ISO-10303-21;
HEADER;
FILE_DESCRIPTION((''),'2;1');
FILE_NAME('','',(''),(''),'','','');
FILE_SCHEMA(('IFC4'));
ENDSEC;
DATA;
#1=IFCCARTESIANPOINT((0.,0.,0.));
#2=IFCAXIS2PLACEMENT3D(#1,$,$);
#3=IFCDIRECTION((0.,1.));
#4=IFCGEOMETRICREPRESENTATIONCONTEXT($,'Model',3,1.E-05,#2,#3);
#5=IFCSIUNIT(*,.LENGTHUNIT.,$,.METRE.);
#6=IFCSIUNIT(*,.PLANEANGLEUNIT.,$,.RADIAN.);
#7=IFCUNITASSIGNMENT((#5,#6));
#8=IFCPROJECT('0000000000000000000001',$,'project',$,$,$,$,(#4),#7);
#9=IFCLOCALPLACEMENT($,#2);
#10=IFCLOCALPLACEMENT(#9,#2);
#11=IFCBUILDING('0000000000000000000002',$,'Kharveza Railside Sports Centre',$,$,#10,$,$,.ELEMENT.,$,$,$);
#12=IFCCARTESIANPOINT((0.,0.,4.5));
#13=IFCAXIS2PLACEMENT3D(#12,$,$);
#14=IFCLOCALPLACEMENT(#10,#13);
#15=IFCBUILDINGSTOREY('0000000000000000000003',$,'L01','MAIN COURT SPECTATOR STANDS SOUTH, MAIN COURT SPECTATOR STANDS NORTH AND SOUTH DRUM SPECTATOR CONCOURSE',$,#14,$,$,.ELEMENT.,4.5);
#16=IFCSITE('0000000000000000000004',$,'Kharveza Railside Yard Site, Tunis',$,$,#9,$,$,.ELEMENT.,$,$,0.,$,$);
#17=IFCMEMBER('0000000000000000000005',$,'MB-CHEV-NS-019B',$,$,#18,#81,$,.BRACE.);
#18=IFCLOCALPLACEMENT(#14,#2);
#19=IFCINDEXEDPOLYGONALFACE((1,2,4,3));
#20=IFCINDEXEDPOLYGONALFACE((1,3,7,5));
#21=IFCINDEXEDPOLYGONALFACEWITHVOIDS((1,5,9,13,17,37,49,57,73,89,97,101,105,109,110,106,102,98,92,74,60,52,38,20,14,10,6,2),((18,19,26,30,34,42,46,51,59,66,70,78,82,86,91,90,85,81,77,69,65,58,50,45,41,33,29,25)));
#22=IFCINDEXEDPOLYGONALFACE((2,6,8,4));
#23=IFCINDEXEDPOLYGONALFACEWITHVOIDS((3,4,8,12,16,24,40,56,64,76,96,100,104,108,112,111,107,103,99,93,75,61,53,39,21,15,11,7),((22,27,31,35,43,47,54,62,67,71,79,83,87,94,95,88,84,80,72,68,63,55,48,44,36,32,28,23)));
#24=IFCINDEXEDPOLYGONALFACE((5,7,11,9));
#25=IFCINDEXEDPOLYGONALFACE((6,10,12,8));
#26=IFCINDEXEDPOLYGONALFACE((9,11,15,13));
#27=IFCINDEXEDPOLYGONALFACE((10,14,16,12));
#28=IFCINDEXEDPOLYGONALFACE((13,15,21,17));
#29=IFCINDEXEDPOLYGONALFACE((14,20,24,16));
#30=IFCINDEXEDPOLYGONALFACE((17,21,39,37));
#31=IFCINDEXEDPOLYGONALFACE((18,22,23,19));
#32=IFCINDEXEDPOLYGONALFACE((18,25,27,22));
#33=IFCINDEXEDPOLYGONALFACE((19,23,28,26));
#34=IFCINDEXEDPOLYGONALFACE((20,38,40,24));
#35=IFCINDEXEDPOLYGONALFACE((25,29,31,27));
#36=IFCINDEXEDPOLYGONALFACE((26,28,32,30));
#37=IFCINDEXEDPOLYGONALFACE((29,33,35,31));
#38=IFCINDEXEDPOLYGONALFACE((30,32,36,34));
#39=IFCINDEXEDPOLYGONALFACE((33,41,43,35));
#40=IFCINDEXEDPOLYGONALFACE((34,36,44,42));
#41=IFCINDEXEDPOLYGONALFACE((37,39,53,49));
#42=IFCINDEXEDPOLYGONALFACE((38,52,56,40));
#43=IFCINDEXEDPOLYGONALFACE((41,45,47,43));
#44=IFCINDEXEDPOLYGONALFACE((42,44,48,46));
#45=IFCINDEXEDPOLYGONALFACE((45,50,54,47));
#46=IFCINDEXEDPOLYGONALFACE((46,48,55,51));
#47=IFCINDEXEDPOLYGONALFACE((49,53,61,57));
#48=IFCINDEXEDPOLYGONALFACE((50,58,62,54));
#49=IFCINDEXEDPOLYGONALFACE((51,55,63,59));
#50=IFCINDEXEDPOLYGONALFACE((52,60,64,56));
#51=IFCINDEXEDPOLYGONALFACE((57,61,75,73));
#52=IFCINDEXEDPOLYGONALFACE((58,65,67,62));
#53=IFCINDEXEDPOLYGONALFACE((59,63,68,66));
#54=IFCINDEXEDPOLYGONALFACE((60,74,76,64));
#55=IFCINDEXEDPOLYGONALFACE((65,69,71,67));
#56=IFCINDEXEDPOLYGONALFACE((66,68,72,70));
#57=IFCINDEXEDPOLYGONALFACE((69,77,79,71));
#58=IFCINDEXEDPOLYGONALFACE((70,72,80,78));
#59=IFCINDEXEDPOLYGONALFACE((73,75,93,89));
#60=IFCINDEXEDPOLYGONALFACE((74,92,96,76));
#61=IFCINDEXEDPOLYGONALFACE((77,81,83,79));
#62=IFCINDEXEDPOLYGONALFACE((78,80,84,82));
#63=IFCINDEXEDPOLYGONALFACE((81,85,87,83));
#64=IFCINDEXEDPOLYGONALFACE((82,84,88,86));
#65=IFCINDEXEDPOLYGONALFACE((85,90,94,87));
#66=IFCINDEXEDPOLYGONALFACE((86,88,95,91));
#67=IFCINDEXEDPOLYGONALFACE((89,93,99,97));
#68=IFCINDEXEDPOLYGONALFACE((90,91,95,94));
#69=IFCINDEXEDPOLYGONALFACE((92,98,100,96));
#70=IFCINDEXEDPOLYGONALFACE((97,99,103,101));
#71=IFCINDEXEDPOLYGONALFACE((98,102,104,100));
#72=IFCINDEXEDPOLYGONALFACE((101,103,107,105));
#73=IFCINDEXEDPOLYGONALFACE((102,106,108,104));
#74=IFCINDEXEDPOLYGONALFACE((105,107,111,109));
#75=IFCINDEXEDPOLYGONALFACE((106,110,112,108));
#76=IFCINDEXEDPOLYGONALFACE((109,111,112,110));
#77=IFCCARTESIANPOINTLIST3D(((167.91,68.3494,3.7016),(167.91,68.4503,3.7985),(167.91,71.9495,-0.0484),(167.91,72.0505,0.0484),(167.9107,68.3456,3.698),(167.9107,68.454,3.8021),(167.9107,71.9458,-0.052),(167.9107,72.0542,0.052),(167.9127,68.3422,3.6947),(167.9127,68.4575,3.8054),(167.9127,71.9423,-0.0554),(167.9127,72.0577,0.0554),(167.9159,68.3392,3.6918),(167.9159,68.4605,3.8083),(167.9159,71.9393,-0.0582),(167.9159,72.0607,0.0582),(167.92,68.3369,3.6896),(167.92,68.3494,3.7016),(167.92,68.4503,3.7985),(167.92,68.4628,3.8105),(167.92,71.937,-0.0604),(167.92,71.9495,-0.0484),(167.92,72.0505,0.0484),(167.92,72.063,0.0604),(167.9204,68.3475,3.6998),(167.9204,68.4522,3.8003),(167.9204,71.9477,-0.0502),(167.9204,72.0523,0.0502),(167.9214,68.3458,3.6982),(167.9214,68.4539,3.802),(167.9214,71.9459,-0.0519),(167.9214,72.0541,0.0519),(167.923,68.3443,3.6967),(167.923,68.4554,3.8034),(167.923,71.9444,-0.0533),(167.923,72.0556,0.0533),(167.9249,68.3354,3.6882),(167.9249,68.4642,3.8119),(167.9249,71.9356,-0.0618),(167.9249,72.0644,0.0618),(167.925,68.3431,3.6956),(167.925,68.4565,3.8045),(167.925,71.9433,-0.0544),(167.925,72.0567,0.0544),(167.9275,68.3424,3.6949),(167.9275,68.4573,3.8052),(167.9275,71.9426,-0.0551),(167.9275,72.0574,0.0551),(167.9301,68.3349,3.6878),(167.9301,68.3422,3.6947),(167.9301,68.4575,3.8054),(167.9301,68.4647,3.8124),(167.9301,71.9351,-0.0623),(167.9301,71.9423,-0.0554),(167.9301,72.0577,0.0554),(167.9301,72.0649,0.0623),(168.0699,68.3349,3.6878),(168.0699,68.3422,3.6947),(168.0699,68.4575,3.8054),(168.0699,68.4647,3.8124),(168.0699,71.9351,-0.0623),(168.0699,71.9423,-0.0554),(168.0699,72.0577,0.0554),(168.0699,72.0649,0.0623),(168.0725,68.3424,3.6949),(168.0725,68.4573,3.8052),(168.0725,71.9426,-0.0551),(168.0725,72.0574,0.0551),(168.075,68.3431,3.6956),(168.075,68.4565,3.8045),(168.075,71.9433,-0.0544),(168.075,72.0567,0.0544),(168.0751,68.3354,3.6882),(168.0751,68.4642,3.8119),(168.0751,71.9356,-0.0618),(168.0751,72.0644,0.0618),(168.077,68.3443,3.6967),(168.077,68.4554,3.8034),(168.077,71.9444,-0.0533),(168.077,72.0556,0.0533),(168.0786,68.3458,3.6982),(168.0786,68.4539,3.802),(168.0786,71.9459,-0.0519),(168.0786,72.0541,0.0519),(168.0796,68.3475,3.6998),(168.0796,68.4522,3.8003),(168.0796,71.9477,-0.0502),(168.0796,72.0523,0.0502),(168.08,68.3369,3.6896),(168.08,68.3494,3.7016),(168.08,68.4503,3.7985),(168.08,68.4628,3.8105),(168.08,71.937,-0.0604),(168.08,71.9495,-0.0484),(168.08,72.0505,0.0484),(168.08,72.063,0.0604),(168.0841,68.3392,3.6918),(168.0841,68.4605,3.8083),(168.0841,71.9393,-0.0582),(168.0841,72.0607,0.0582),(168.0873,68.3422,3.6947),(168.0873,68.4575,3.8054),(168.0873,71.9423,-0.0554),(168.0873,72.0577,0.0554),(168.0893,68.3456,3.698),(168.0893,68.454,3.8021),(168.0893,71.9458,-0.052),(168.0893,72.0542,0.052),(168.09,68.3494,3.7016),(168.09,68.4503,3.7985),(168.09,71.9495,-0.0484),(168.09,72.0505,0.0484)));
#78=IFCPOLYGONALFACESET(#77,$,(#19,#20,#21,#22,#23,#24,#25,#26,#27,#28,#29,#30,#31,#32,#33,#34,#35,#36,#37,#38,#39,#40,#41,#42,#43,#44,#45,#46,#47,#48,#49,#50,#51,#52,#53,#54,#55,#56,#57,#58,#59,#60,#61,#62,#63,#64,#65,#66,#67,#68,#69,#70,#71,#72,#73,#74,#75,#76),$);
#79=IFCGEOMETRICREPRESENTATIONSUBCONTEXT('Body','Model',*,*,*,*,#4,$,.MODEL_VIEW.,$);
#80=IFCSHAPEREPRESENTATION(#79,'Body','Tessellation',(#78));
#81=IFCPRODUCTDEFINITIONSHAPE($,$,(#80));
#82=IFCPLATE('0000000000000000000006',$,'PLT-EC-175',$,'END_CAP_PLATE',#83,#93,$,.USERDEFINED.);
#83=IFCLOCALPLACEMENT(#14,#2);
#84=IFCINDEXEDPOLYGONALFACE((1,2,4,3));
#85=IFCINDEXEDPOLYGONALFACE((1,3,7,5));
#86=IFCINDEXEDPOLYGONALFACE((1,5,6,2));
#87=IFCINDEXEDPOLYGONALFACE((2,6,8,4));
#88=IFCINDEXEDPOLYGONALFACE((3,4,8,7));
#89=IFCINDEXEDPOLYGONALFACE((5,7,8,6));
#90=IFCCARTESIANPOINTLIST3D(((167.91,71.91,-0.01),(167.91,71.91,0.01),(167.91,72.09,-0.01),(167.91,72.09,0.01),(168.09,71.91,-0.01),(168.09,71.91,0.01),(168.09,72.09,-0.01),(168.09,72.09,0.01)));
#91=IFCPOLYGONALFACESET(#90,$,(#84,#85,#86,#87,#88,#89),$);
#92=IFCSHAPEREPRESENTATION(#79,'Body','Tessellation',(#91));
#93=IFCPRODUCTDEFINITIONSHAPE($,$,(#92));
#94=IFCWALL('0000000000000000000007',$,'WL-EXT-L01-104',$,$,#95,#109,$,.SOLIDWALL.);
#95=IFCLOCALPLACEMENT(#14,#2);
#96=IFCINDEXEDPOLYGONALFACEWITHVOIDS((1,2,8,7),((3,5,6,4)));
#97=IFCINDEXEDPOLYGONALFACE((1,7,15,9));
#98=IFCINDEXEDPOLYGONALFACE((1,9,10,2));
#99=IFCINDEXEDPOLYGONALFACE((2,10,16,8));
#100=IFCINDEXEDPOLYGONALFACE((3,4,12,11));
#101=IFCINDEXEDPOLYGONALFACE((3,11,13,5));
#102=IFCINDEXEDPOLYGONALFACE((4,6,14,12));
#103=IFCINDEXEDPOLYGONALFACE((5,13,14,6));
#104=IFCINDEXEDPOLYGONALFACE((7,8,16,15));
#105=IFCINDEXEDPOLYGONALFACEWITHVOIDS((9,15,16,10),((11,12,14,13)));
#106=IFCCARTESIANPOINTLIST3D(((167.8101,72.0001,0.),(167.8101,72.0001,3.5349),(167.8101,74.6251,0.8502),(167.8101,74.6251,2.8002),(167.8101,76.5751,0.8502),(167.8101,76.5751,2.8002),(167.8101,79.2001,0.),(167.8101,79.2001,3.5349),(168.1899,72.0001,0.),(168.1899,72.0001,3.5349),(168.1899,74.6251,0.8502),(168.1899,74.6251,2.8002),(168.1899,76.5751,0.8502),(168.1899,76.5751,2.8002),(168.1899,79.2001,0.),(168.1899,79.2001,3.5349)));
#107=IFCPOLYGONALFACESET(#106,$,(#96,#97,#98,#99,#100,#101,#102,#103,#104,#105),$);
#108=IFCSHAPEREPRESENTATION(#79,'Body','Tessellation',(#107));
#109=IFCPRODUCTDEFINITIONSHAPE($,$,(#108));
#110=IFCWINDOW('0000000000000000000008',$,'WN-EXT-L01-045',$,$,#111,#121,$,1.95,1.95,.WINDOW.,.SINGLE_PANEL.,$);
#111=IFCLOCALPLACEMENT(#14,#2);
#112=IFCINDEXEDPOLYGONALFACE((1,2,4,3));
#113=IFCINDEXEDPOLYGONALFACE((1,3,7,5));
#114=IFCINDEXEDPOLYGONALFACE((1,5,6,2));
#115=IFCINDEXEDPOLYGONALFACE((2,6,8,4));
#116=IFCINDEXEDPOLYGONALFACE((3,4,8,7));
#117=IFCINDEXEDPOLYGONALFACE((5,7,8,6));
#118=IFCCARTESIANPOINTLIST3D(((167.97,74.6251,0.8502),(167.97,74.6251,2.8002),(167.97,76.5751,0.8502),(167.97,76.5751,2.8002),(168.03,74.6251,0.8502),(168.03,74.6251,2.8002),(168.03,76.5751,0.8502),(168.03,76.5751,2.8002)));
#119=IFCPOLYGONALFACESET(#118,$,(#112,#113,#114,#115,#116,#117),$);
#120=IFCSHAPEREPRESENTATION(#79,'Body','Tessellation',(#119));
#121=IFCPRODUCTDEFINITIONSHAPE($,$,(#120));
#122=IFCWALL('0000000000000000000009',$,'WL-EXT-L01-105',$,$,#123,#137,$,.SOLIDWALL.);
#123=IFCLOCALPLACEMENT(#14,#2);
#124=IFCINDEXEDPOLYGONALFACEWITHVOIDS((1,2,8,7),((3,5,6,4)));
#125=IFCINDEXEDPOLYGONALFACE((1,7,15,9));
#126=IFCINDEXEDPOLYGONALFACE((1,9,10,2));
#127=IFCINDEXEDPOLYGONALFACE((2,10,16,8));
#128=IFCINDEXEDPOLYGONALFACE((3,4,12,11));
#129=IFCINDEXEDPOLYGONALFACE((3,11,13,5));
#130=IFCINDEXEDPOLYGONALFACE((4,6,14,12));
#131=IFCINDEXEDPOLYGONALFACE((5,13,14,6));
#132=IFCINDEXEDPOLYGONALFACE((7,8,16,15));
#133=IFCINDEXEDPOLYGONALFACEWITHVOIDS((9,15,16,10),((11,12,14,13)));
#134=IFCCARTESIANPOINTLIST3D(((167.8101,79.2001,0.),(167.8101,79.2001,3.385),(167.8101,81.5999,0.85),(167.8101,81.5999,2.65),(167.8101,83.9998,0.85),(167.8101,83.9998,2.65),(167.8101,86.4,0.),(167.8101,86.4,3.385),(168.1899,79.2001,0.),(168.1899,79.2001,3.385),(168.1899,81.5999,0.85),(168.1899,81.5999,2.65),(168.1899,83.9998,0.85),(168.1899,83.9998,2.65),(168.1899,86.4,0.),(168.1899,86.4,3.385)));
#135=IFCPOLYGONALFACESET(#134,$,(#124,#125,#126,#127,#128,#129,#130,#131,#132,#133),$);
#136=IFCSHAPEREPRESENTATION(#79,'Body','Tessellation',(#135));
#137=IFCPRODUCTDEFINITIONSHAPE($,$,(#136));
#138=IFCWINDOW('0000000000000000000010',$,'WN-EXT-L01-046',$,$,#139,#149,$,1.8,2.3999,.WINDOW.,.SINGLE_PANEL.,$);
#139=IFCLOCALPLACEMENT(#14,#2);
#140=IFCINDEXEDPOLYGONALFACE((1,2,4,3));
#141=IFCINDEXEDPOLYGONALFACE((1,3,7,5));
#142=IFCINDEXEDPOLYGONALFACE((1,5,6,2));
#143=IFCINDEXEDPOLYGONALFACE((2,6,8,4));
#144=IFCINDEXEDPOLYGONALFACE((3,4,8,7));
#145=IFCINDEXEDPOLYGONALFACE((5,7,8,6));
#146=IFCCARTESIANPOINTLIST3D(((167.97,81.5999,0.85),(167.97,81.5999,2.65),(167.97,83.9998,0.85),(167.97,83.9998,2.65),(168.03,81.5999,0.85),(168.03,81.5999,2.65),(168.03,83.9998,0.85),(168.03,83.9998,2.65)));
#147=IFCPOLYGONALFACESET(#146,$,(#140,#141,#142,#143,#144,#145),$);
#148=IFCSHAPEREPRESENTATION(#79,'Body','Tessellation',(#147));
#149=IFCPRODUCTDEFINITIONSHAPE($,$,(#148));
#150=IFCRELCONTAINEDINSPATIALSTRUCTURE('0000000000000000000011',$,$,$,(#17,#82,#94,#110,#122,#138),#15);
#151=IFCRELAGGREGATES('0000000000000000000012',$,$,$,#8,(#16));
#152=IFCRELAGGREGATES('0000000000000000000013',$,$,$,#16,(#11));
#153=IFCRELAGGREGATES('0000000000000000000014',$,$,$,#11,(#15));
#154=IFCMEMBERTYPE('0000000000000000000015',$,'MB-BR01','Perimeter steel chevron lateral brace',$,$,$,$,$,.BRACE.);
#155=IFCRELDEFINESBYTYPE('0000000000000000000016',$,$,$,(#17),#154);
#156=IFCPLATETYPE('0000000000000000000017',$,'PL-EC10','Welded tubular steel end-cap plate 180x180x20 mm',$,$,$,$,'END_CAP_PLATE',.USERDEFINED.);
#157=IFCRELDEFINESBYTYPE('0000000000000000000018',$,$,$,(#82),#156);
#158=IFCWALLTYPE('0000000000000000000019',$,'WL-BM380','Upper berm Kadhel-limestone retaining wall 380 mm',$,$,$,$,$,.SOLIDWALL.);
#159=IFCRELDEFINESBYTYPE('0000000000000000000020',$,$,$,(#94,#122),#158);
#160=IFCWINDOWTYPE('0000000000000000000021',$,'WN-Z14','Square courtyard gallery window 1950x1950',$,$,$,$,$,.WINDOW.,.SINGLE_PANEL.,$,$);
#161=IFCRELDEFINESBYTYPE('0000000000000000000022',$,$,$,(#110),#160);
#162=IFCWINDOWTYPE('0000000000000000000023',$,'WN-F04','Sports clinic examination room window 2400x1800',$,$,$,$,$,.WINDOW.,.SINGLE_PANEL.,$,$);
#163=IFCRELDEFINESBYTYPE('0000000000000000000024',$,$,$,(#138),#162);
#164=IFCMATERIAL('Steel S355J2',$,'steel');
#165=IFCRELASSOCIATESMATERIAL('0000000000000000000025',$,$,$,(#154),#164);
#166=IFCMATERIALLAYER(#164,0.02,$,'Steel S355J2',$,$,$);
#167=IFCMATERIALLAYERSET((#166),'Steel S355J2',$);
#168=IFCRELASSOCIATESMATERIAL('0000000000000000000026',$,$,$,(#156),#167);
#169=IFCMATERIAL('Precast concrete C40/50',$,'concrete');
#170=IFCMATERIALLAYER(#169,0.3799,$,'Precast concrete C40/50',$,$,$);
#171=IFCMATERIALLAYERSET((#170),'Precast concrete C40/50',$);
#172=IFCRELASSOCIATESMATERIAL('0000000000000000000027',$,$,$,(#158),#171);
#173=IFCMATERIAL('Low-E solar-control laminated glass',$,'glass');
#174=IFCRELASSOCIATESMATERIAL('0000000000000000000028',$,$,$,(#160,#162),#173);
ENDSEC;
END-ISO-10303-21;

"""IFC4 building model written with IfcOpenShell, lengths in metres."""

from ifc_helpers import new_model, si_unit, direction, frame, frame_2d, origin, origin_2d, place, context, subcontext, project, spatial, rectangle, hollow_rectangle, extrude, material, layer, layer_set, material_profile, profile_set, type_object, element, fill, save


model = new_model("IFC4")

# Units and contexts
model_context = context("Model", 3, precision=1e-05, world=origin(), true_north=direction((0.0, 1.0)))
body_context = subcontext(model_context, "Body", "Model", "MODEL_VIEW")
ifc_project = project(units=[si_unit("LENGTHUNIT", "METRE"), si_unit("PLANEANGLEUNIT", "RADIAN")], contexts=[model_context])

# Site, building, storey
site_placement = place(None, origin())
site = spatial("IfcSite", under=ifc_project, at=site_placement, Name="Kharveza Railside Yard Site, Tunis", CompositionType="ELEMENT", RefElevation=0.0)
building_placement = place(site_placement, origin())
building = spatial("IfcBuilding", under=site, at=building_placement, Name="Kharveza Railside Sports Centre", CompositionType="ELEMENT")
storey_placement = place(building_placement, frame((0.0, 0.0, 4.5)))
storey = spatial("IfcBuildingStorey", under=building, at=storey_placement, Name="L01", Description="MAIN COURT SPECTATOR STANDS SOUTH, MAIN COURT SPECTATOR STANDS NORTH AND SOUTH DRUM SPECTATOR CONCOURSE", CompositionType="ELEMENT", Elevation=4.5)

# Shared definitions
ifc_material_1 = material(Name="Steel S355J2", Category="steel")

# Member
ifc_material_profile_1 = material_profile(ifc_material_1, hollow_rectangle(XDim=0.1799, YDim=0.1799, WallThickness=0.01, InnerFilletRadius=0.01, OuterFilletRadius=0.02, at=origin_2d()), Name="SHS 180x180x10.0")
ifc_profile_set_1 = profile_set([ifc_material_profile_1], Name="Steel S355J2")
member_type = type_object("IfcMemberType", Name="MB-BR01", Description="Perimeter steel chevron lateral brace", PredefinedType="BRACE", material=ifc_profile_set_1)
member_placement = place(storey_placement, frame((168.0, 72.0, 0.0), z_axis=(0.0, -0.692542, 0.721378), x_axis=(1.0, 0.0, 0.0)))
element("IfcMember", 1, at=member_placement, inside=storey, type_object=member_type, Name="MB-CHEV-NS-019B", PredefinedType="BRACE", context=body_context, shape_type="SweptSolid", body=[
    extrude(hollow_rectangle(XDim=0.1799, YDim=0.1799, WallThickness=0.01, InnerFilletRadius=0.01, OuterFilletRadius=0.02, at=origin_2d()), origin(), (0.0, 0.0, 1.0), 5.1985),
])

# Plate
ifc_layer_1 = layer(ifc_material_1, 0.02, Name="Steel S355J2")
ifc_layer_set_1 = layer_set([ifc_layer_1], Name="Steel S355J2")
plate_type = type_object("IfcPlateType", Name="PL-EC10", Description="Welded tubular steel end-cap plate 180x180x20 mm", ElementType="END_CAP_PLATE", PredefinedType="USERDEFINED", material=ifc_layer_set_1)
plate_placement = place(storey_placement, frame((168.0, 72.0, -0.01), z_axis=(0.0, 0.0, 1.0), x_axis=(1.0, 0.0, 0.0)))
element("IfcPlate", 2, at=plate_placement, inside=storey, type_object=plate_type, Name="PLT-EC-175", ObjectType="END_CAP_PLATE", PredefinedType="USERDEFINED", context=body_context, shape_type="SweptSolid", body=[
    extrude(rectangle(XDim=0.1799, YDim=0.1799, at=origin_2d()), origin(), (0.0, 0.0, 1.0), 0.02),
])

# Walls, openings, windows
ifc_material_2 = material(Name="Precast concrete C40/50", Category="concrete")
ifc_layer_2 = layer(ifc_material_2, 0.3799, Name="Precast concrete C40/50")
ifc_layer_set_2 = layer_set([ifc_layer_2], Name="Precast concrete C40/50")
wall_type_1 = type_object("IfcWallType", Name="WL-BM380", Description="Upper berm Kadhel-limestone retaining wall 380 mm", PredefinedType="SOLIDWALL", material=ifc_layer_set_2)
wall_1_placement = place(storey_placement, frame((168.0, 72.0, 0.0), z_axis=(0.0, 0.0, 1.0), x_axis=(0.0, 1.0, 0.0)))
wall_1 = element("IfcWall", 3, at=wall_1_placement, inside=storey, type_object=wall_type_1, Name="WL-EXT-L01-104", PredefinedType="SOLIDWALL", context=body_context, shape_type="SweptSolid", body=[
    extrude(rectangle(XDim=7.2, YDim=0.3799, at=frame_2d((3.6001, 0.0))), origin(), (0.0, 0.0, 1.0), 3.5349),
])
opening_1_placement = place(wall_1_placement, frame((2.625, 0.0, 0.8501)))
opening_1 = element("IfcOpeningElement", 4, at=opening_1_placement, cuts=wall_1, PredefinedType="OPENING", context=body_context, shape_type="SweptSolid", body=[
    extrude(rectangle(XDim=1.95, YDim=1.95, at=frame_2d((0.9751, 0.9751))), frame((0.0, 0.2148, 0.0), z_axis=(0.0, -1.0, 0.0), x_axis=(1.0, 0.0, 0.0)), (0.0, 0.0, 1.0), 0.4297),
])
ifc_material_3 = material(Name="Low-E solar-control laminated glass", Category="glass")
window_type_1 = type_object("IfcWindowType", Name="WN-Z14", Description="Square courtyard gallery window 1950x1950", PartitioningType="SINGLE_PANEL", PredefinedType="WINDOW", material=ifc_material_3)
window_1_placement = place(opening_1_placement, origin())
window_1 = element("IfcWindow", 5, at=window_1_placement, inside=storey, type_object=window_type_1, Name="WN-EXT-L01-045", OverallHeight=1.95, OverallWidth=1.95, PartitioningType="SINGLE_PANEL", PredefinedType="WINDOW", context=body_context, shape_type="SweptSolid", body=[
    extrude(rectangle(XDim=1.95, YDim=1.95, at=frame_2d((0.9751, 0.9751))), frame((0.0, 0.03, 0.0), z_axis=(0.0, -1.0, 0.0), x_axis=(1.0, 0.0, 0.0)), (0.0, 0.0, 1.0), 0.0601),
])
fill(opening_1, window_1)
wall_2_placement = place(storey_placement, frame((168.0, 79.2, 0.0), z_axis=(0.0, 0.0, 1.0), x_axis=(0.0, 1.0, 0.0)))
wall_2 = element("IfcWall", 6, at=wall_2_placement, inside=storey, type_object=wall_type_1, Name="WL-EXT-L01-105", PredefinedType="SOLIDWALL", context=body_context, shape_type="SweptSolid", body=[
    extrude(rectangle(XDim=7.2, YDim=0.3799, at=frame_2d((3.6001, 0.0))), origin(), (0.0, 0.0, 1.0), 3.385),
])
opening_2_placement = place(wall_2_placement, frame((2.3999, 0.0, 0.8501)))
opening_2 = element("IfcOpeningElement", 7, at=opening_2_placement, cuts=wall_2, PredefinedType="OPENING", context=body_context, shape_type="SweptSolid", body=[
    extrude(rectangle(XDim=2.3999, YDim=1.8, at=frame_2d((1.2, 0.8999))), frame((0.0, 0.2148, 0.0), z_axis=(0.0, -1.0, 0.0), x_axis=(1.0, 0.0, 0.0)), (0.0, 0.0, 1.0), 0.4297),
])
window_type_2 = type_object("IfcWindowType", Name="WN-F04", Description="Sports clinic examination room window 2400x1800", PartitioningType="SINGLE_PANEL", PredefinedType="WINDOW", material=ifc_material_3)
window_2_placement = place(opening_2_placement, origin())
window_2 = element("IfcWindow", 8, at=window_2_placement, inside=storey, type_object=window_type_2, Name="WN-EXT-L01-046", OverallHeight=1.8, OverallWidth=2.3999, PartitioningType="SINGLE_PANEL", PredefinedType="WINDOW", context=body_context, shape_type="SweptSolid", body=[
    extrude(rectangle(XDim=2.3999, YDim=1.8, at=frame_2d((1.2, 0.8999))), frame((0.0, 0.03, 0.0), z_axis=(0.0, -1.0, 0.0), x_axis=(1.0, 0.0, 0.0)), (0.0, 0.0, 1.0), 0.0601),
])
fill(opening_2, window_2)

save(model, "model.ifc")
